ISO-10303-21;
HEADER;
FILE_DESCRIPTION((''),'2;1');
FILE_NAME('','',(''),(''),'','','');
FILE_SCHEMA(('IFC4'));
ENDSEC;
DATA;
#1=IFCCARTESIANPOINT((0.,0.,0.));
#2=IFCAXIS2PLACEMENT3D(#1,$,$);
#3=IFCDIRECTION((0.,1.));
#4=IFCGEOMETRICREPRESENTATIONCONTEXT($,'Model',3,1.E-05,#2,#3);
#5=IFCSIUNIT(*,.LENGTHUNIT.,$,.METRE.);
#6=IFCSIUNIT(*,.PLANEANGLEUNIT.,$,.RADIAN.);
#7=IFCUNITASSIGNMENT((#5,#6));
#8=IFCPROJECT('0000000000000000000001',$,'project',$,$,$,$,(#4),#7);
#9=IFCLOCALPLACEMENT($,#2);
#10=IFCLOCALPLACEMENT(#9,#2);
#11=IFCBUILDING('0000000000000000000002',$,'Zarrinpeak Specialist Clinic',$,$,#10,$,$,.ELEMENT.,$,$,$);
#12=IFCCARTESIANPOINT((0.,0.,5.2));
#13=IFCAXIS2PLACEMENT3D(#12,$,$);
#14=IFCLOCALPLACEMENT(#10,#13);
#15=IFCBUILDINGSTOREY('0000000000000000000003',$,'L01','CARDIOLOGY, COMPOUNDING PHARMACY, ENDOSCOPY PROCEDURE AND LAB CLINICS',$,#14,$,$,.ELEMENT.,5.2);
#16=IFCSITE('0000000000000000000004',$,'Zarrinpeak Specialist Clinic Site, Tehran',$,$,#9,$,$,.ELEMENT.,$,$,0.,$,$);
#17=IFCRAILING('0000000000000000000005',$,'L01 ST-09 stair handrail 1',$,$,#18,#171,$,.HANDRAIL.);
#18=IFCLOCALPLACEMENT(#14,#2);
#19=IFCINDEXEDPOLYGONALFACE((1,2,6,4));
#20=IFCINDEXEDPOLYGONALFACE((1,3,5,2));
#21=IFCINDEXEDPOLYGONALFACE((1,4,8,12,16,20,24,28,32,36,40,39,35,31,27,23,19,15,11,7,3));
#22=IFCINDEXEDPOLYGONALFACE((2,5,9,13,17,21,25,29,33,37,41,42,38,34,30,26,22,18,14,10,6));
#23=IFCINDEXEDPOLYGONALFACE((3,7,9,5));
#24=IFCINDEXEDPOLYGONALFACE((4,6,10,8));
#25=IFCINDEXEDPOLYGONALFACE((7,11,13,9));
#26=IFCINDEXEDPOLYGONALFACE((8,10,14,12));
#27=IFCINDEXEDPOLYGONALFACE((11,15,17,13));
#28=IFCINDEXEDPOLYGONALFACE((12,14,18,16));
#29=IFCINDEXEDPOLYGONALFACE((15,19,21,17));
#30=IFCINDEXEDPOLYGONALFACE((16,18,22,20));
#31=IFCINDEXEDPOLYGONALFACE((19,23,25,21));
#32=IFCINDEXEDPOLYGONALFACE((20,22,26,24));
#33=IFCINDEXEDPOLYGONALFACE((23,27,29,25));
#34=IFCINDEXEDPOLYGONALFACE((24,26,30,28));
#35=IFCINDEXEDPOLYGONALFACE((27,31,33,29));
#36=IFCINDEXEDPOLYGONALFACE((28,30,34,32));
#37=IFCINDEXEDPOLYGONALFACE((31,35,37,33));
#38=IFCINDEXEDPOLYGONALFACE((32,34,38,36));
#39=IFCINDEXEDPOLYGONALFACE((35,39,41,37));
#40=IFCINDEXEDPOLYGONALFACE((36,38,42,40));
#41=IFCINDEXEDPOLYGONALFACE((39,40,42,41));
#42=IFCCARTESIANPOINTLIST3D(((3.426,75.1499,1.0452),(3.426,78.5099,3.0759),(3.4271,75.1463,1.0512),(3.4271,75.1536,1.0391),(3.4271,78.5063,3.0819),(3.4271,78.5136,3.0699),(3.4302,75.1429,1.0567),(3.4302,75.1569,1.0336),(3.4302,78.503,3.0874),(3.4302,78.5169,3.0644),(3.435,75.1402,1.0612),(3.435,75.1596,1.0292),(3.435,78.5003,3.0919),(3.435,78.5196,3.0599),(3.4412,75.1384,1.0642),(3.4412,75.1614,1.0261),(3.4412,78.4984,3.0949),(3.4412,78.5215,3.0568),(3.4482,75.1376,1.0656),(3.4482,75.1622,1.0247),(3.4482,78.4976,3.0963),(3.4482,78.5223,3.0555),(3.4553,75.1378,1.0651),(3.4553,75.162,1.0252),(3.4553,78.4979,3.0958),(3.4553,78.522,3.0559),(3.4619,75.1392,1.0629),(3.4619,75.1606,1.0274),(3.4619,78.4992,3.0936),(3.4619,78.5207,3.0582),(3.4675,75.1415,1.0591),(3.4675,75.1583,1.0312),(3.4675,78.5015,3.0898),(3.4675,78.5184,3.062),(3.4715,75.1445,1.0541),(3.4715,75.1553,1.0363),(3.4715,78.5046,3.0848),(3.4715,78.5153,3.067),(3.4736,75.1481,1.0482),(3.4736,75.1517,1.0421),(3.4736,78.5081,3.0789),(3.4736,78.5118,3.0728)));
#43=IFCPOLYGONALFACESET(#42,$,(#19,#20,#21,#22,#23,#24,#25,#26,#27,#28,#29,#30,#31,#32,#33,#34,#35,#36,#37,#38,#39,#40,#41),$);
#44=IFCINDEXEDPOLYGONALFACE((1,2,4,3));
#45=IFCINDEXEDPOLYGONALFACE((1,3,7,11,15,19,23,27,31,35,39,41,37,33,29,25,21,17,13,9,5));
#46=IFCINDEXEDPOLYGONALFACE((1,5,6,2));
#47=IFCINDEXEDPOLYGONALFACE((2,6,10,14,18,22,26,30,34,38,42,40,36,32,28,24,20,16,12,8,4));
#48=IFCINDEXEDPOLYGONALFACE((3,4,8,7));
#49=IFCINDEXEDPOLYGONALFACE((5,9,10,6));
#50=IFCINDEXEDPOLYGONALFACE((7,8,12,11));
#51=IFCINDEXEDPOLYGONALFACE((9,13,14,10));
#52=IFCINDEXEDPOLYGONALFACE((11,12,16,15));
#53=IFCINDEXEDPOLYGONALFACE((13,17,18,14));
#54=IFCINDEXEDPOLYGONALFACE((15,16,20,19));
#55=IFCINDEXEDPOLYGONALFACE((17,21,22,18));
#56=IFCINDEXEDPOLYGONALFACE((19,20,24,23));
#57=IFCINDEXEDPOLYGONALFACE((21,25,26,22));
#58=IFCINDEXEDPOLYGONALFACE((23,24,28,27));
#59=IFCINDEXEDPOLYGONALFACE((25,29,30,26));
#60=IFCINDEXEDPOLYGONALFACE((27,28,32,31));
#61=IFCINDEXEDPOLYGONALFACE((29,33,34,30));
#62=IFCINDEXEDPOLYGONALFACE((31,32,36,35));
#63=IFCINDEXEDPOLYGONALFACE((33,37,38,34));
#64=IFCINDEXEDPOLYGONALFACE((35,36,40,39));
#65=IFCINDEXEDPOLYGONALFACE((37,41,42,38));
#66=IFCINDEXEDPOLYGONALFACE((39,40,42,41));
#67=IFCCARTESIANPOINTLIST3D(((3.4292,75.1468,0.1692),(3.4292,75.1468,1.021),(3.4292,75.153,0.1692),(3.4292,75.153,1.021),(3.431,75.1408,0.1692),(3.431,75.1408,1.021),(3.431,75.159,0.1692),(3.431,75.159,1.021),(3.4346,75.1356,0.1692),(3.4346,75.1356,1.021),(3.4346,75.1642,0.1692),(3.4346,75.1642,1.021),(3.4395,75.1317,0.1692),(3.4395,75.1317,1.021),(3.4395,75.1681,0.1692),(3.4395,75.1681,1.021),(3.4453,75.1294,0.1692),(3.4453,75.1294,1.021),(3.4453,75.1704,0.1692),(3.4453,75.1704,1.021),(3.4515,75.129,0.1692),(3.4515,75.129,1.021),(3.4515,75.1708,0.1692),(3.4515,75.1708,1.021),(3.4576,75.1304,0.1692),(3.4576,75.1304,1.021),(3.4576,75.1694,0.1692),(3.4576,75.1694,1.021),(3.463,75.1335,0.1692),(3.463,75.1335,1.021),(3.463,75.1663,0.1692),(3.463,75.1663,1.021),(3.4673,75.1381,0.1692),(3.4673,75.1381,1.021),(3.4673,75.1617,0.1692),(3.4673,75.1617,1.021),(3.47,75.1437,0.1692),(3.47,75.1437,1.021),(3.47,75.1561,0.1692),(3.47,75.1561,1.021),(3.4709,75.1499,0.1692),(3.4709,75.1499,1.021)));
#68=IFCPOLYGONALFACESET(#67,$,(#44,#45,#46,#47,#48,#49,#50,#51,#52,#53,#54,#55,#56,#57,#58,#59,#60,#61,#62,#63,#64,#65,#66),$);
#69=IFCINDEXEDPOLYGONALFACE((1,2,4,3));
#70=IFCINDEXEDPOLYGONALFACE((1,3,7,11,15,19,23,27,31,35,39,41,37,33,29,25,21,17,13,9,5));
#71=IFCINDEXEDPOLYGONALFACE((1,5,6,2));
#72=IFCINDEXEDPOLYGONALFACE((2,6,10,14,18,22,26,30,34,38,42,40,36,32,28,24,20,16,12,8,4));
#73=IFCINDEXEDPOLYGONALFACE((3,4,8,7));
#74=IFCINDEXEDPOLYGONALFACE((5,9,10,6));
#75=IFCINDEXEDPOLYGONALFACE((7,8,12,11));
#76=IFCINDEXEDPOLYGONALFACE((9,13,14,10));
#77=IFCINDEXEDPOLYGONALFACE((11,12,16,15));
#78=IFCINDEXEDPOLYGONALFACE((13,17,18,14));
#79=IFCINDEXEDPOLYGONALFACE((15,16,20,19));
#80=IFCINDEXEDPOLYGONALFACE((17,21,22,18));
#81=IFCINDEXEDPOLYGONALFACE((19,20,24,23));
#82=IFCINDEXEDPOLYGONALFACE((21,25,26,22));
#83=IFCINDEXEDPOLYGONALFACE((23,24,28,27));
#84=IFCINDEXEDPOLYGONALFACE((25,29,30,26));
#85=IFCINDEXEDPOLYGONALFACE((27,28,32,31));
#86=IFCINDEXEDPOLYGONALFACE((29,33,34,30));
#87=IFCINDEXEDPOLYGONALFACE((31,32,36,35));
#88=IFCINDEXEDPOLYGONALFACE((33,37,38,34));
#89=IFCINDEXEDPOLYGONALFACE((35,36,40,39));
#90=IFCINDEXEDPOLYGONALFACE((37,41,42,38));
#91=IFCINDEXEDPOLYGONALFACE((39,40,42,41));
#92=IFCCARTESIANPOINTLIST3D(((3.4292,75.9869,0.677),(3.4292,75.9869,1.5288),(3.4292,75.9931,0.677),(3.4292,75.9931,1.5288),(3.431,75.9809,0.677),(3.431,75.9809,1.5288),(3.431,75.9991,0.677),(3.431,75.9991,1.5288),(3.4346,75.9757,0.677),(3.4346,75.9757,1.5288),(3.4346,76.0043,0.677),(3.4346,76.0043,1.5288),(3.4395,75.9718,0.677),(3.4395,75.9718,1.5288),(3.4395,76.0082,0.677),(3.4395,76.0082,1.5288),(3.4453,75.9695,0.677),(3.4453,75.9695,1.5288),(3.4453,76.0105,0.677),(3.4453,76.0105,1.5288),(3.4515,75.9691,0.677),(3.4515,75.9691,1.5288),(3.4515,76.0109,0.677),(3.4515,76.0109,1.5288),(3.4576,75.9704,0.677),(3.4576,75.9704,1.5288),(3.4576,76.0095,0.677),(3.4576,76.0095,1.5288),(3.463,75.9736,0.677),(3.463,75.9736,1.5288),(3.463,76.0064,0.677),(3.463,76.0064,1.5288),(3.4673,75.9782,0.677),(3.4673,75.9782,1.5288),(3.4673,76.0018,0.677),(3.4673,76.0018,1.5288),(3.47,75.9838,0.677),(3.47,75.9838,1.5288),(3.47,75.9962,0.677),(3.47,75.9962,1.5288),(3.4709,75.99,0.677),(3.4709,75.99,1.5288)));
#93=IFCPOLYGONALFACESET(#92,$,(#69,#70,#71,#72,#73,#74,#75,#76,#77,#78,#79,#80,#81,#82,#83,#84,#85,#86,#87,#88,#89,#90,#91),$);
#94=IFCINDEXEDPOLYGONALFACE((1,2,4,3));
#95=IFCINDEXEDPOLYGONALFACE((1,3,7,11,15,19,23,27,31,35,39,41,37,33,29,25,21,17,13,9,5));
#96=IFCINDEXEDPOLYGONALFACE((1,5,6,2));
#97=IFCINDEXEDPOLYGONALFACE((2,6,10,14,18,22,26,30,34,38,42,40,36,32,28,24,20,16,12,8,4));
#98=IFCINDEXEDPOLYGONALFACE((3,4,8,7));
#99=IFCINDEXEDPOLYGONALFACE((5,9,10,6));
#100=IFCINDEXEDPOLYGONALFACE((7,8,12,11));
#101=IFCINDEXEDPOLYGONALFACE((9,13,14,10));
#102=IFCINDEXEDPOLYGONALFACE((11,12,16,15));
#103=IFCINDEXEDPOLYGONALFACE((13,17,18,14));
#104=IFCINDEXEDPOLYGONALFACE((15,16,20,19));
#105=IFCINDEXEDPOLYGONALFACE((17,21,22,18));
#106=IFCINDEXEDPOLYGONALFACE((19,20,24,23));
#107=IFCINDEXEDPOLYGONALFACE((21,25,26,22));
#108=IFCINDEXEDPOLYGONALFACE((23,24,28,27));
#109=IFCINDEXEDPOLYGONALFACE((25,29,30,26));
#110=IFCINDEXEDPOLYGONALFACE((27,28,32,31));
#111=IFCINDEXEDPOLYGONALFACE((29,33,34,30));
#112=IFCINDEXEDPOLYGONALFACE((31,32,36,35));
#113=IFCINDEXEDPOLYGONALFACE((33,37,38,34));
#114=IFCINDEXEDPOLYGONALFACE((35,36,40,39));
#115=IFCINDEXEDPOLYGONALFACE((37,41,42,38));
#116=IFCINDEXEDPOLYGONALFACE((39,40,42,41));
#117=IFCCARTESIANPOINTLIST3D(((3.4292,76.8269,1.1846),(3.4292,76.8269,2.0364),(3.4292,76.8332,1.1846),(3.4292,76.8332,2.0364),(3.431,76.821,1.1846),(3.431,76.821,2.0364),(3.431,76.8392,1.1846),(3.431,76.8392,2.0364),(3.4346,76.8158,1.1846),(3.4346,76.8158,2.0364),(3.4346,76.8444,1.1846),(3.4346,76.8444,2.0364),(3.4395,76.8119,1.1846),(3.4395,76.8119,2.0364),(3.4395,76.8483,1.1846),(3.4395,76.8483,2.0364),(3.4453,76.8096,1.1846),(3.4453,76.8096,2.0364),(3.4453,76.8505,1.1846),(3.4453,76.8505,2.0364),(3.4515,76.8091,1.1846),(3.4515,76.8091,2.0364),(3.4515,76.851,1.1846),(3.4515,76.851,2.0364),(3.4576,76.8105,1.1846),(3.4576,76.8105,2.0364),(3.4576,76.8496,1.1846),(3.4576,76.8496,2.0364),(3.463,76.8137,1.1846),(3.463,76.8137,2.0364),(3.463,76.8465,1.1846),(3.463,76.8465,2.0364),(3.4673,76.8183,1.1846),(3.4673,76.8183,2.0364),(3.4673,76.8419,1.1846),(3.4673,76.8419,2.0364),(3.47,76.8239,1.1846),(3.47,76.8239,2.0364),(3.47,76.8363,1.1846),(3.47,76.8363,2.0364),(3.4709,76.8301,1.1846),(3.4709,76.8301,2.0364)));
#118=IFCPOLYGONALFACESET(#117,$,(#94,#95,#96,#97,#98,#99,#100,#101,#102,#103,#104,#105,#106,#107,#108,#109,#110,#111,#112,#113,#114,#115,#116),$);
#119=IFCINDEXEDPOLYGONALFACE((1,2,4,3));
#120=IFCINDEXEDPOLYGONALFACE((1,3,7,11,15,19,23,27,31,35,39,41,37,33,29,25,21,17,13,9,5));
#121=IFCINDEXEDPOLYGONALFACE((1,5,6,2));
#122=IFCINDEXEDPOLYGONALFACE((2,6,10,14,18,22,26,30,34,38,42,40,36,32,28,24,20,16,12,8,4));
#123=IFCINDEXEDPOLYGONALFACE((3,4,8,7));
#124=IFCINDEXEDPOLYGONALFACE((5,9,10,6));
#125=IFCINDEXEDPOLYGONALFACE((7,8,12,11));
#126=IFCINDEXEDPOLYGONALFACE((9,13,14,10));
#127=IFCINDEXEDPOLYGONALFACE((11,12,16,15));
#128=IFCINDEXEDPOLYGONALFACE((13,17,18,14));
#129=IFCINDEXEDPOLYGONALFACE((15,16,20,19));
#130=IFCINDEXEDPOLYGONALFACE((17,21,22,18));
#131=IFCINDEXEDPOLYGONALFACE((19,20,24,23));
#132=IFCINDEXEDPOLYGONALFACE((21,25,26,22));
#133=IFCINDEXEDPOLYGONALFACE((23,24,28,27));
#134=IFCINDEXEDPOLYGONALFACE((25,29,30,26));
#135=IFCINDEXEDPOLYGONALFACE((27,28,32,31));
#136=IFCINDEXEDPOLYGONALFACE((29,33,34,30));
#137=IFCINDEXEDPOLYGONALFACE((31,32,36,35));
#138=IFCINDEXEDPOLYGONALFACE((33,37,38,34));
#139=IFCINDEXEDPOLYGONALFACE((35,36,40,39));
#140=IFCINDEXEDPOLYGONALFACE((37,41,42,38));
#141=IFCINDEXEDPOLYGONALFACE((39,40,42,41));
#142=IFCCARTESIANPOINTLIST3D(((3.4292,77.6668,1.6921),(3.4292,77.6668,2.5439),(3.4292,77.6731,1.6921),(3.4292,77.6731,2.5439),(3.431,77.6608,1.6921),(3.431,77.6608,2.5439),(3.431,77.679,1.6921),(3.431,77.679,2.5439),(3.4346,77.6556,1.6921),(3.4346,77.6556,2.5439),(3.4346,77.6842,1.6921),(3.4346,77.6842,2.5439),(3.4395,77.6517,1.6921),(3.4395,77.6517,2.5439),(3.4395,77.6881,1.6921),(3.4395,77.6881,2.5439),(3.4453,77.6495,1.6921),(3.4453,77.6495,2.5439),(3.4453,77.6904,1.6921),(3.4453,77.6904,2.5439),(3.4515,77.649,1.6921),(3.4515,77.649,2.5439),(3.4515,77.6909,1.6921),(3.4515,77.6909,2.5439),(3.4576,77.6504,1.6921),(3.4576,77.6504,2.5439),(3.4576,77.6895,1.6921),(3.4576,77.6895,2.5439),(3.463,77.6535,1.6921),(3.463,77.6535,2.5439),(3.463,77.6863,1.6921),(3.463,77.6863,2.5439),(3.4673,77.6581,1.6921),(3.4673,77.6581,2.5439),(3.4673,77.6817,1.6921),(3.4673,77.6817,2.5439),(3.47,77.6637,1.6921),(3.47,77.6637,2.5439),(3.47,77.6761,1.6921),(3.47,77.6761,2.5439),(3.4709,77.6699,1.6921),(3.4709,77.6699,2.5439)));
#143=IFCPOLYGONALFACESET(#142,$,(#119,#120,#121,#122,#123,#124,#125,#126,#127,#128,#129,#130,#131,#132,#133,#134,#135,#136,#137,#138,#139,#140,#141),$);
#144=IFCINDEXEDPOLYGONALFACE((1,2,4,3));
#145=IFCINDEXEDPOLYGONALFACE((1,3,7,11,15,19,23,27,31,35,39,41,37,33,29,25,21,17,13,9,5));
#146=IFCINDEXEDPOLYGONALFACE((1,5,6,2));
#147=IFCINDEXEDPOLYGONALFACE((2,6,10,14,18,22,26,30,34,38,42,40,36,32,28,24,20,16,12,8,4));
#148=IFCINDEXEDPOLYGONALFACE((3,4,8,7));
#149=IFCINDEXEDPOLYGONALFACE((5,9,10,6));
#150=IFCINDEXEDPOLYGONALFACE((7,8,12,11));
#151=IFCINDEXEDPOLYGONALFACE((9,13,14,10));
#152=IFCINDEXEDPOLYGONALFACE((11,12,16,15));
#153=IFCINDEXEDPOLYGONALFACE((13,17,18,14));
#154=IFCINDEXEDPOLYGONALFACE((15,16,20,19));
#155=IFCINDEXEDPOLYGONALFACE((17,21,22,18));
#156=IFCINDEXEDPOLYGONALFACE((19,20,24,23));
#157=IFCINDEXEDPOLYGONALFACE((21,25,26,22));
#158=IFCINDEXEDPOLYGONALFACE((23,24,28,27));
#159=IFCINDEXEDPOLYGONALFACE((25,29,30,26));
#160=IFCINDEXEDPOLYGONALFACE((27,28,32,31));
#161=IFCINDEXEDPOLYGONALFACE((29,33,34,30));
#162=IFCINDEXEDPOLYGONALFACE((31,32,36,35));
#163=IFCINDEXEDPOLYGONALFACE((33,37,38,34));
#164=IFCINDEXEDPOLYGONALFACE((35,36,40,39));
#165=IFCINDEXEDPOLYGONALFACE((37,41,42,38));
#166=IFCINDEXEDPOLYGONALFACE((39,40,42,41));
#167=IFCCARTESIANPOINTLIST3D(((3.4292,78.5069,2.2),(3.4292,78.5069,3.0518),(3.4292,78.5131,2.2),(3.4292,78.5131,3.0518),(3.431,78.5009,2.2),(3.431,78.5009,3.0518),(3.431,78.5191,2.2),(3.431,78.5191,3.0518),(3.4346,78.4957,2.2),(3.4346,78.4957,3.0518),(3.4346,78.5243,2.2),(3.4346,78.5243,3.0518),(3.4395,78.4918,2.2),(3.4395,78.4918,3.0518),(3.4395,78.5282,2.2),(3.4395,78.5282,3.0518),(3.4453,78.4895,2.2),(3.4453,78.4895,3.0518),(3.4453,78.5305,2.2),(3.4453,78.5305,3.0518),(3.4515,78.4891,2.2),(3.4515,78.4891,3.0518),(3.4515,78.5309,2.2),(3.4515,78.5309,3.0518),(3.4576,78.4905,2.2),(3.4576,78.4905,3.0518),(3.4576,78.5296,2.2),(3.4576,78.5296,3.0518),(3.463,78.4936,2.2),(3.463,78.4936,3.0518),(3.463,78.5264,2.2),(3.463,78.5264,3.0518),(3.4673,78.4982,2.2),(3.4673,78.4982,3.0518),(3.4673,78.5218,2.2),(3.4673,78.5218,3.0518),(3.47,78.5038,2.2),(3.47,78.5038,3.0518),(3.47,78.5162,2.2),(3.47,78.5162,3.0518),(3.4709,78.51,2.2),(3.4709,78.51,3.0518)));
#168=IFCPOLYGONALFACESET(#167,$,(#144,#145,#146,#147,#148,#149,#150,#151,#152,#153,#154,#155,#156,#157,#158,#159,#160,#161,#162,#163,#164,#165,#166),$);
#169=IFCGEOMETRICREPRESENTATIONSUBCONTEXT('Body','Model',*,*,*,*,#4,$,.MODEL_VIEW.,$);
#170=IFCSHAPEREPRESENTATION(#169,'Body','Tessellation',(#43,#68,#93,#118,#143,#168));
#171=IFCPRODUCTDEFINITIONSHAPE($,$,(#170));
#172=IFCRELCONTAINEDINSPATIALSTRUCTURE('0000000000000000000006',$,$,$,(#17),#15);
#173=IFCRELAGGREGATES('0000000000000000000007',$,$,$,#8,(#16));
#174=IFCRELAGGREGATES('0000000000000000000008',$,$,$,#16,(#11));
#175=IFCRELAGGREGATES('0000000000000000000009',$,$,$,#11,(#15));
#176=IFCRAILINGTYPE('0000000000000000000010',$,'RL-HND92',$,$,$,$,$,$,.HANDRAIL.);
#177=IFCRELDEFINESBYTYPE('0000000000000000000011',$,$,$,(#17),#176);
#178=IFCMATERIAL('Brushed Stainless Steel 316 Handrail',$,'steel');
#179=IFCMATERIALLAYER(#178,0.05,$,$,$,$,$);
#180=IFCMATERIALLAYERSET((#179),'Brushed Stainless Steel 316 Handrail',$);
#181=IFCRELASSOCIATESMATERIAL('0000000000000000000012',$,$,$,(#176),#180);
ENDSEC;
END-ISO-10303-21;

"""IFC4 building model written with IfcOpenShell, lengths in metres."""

from ifc_helpers import new_model, si_unit, direction, frame, origin, origin_2d, place, context, subcontext, project, spatial, circle, extrude, material, layer, layer_set, type_object, element, save


model = new_model("IFC4")

# Units and contexts
model_context = context("Model", 3, precision=1e-05, world=origin(), true_north=direction((0.0, 1.0)))
body_context = subcontext(model_context, "Body", "Model", "MODEL_VIEW")
ifc_project = project(units=[si_unit("LENGTHUNIT", "METRE"), si_unit("PLANEANGLEUNIT", "RADIAN")], contexts=[model_context])

# Site, building, storey
site_placement = place(None, origin())
site = spatial("IfcSite", under=ifc_project, at=site_placement, Name="Zarrinpeak Specialist Clinic Site, Tehran", CompositionType="ELEMENT", RefElevation=0.0)
building_placement = place(site_placement, origin())
building = spatial("IfcBuilding", under=site, at=building_placement, Name="Zarrinpeak Specialist Clinic", CompositionType="ELEMENT")
storey_placement = place(building_placement, frame((0.0, 0.0, 5.2)))
storey = spatial("IfcBuildingStorey", under=building, at=storey_placement, Name="L01", Description="CARDIOLOGY, COMPOUNDING PHARMACY, ENDOSCOPY PROCEDURE AND LAB CLINICS", CompositionType="ELEMENT", Elevation=5.2)

# Railing
ifc_material_1 = material(Name="Brushed Stainless Steel 316 Handrail", Category="steel")
ifc_layer_1 = layer(ifc_material_1, 0.05)
ifc_layer_set_1 = layer_set([ifc_layer_1], Name="Brushed Stainless Steel 316 Handrail")
railing_type_1 = type_object("IfcRailingType", Name="RL-HND92", PredefinedType="HANDRAIL", material=ifc_layer_set_1)
railing_1_placement = place(storey_placement, frame((3.45, 75.1499, 0.1692)))
element("IfcRailing", 1, at=railing_1_placement, inside=storey, type_object=railing_type_1, Name="L01 ST-09 stair handrail 1", PredefinedType="HANDRAIL", context=body_context, shape_type="SweptSolid", body=[
    extrude(circle(Radius=0.0239, at=origin_2d()), frame((0.0, 0.0, 0.876), z_axis=(0.0, 0.855837, 0.517246), x_axis=(-1.0, 0.0, 0.0)), (0.0, 0.0, 1.0), 3.926),
    extrude(circle(Radius=0.021, at=origin_2d()), origin(), (0.0, 0.0, 1.0), 0.8518),
    extrude(circle(Radius=0.021, at=origin_2d()), frame((0.0, 0.8401, 0.5078)), (0.0, 0.0, 1.0), 0.8518),
    extrude(circle(Radius=0.021, at=origin_2d()), frame((0.0, 1.6802, 1.0154)), (0.0, 0.0, 1.0), 0.8518),
    extrude(circle(Radius=0.021, at=origin_2d()), frame((0.0, 2.52, 1.5229)), (0.0, 0.0, 1.0), 0.8518),
    extrude(circle(Radius=0.021, at=origin_2d()), frame((0.0, 3.3601, 2.0308)), (0.0, 0.0, 1.0), 0.8518),
])

save(model, "model.ifc")
